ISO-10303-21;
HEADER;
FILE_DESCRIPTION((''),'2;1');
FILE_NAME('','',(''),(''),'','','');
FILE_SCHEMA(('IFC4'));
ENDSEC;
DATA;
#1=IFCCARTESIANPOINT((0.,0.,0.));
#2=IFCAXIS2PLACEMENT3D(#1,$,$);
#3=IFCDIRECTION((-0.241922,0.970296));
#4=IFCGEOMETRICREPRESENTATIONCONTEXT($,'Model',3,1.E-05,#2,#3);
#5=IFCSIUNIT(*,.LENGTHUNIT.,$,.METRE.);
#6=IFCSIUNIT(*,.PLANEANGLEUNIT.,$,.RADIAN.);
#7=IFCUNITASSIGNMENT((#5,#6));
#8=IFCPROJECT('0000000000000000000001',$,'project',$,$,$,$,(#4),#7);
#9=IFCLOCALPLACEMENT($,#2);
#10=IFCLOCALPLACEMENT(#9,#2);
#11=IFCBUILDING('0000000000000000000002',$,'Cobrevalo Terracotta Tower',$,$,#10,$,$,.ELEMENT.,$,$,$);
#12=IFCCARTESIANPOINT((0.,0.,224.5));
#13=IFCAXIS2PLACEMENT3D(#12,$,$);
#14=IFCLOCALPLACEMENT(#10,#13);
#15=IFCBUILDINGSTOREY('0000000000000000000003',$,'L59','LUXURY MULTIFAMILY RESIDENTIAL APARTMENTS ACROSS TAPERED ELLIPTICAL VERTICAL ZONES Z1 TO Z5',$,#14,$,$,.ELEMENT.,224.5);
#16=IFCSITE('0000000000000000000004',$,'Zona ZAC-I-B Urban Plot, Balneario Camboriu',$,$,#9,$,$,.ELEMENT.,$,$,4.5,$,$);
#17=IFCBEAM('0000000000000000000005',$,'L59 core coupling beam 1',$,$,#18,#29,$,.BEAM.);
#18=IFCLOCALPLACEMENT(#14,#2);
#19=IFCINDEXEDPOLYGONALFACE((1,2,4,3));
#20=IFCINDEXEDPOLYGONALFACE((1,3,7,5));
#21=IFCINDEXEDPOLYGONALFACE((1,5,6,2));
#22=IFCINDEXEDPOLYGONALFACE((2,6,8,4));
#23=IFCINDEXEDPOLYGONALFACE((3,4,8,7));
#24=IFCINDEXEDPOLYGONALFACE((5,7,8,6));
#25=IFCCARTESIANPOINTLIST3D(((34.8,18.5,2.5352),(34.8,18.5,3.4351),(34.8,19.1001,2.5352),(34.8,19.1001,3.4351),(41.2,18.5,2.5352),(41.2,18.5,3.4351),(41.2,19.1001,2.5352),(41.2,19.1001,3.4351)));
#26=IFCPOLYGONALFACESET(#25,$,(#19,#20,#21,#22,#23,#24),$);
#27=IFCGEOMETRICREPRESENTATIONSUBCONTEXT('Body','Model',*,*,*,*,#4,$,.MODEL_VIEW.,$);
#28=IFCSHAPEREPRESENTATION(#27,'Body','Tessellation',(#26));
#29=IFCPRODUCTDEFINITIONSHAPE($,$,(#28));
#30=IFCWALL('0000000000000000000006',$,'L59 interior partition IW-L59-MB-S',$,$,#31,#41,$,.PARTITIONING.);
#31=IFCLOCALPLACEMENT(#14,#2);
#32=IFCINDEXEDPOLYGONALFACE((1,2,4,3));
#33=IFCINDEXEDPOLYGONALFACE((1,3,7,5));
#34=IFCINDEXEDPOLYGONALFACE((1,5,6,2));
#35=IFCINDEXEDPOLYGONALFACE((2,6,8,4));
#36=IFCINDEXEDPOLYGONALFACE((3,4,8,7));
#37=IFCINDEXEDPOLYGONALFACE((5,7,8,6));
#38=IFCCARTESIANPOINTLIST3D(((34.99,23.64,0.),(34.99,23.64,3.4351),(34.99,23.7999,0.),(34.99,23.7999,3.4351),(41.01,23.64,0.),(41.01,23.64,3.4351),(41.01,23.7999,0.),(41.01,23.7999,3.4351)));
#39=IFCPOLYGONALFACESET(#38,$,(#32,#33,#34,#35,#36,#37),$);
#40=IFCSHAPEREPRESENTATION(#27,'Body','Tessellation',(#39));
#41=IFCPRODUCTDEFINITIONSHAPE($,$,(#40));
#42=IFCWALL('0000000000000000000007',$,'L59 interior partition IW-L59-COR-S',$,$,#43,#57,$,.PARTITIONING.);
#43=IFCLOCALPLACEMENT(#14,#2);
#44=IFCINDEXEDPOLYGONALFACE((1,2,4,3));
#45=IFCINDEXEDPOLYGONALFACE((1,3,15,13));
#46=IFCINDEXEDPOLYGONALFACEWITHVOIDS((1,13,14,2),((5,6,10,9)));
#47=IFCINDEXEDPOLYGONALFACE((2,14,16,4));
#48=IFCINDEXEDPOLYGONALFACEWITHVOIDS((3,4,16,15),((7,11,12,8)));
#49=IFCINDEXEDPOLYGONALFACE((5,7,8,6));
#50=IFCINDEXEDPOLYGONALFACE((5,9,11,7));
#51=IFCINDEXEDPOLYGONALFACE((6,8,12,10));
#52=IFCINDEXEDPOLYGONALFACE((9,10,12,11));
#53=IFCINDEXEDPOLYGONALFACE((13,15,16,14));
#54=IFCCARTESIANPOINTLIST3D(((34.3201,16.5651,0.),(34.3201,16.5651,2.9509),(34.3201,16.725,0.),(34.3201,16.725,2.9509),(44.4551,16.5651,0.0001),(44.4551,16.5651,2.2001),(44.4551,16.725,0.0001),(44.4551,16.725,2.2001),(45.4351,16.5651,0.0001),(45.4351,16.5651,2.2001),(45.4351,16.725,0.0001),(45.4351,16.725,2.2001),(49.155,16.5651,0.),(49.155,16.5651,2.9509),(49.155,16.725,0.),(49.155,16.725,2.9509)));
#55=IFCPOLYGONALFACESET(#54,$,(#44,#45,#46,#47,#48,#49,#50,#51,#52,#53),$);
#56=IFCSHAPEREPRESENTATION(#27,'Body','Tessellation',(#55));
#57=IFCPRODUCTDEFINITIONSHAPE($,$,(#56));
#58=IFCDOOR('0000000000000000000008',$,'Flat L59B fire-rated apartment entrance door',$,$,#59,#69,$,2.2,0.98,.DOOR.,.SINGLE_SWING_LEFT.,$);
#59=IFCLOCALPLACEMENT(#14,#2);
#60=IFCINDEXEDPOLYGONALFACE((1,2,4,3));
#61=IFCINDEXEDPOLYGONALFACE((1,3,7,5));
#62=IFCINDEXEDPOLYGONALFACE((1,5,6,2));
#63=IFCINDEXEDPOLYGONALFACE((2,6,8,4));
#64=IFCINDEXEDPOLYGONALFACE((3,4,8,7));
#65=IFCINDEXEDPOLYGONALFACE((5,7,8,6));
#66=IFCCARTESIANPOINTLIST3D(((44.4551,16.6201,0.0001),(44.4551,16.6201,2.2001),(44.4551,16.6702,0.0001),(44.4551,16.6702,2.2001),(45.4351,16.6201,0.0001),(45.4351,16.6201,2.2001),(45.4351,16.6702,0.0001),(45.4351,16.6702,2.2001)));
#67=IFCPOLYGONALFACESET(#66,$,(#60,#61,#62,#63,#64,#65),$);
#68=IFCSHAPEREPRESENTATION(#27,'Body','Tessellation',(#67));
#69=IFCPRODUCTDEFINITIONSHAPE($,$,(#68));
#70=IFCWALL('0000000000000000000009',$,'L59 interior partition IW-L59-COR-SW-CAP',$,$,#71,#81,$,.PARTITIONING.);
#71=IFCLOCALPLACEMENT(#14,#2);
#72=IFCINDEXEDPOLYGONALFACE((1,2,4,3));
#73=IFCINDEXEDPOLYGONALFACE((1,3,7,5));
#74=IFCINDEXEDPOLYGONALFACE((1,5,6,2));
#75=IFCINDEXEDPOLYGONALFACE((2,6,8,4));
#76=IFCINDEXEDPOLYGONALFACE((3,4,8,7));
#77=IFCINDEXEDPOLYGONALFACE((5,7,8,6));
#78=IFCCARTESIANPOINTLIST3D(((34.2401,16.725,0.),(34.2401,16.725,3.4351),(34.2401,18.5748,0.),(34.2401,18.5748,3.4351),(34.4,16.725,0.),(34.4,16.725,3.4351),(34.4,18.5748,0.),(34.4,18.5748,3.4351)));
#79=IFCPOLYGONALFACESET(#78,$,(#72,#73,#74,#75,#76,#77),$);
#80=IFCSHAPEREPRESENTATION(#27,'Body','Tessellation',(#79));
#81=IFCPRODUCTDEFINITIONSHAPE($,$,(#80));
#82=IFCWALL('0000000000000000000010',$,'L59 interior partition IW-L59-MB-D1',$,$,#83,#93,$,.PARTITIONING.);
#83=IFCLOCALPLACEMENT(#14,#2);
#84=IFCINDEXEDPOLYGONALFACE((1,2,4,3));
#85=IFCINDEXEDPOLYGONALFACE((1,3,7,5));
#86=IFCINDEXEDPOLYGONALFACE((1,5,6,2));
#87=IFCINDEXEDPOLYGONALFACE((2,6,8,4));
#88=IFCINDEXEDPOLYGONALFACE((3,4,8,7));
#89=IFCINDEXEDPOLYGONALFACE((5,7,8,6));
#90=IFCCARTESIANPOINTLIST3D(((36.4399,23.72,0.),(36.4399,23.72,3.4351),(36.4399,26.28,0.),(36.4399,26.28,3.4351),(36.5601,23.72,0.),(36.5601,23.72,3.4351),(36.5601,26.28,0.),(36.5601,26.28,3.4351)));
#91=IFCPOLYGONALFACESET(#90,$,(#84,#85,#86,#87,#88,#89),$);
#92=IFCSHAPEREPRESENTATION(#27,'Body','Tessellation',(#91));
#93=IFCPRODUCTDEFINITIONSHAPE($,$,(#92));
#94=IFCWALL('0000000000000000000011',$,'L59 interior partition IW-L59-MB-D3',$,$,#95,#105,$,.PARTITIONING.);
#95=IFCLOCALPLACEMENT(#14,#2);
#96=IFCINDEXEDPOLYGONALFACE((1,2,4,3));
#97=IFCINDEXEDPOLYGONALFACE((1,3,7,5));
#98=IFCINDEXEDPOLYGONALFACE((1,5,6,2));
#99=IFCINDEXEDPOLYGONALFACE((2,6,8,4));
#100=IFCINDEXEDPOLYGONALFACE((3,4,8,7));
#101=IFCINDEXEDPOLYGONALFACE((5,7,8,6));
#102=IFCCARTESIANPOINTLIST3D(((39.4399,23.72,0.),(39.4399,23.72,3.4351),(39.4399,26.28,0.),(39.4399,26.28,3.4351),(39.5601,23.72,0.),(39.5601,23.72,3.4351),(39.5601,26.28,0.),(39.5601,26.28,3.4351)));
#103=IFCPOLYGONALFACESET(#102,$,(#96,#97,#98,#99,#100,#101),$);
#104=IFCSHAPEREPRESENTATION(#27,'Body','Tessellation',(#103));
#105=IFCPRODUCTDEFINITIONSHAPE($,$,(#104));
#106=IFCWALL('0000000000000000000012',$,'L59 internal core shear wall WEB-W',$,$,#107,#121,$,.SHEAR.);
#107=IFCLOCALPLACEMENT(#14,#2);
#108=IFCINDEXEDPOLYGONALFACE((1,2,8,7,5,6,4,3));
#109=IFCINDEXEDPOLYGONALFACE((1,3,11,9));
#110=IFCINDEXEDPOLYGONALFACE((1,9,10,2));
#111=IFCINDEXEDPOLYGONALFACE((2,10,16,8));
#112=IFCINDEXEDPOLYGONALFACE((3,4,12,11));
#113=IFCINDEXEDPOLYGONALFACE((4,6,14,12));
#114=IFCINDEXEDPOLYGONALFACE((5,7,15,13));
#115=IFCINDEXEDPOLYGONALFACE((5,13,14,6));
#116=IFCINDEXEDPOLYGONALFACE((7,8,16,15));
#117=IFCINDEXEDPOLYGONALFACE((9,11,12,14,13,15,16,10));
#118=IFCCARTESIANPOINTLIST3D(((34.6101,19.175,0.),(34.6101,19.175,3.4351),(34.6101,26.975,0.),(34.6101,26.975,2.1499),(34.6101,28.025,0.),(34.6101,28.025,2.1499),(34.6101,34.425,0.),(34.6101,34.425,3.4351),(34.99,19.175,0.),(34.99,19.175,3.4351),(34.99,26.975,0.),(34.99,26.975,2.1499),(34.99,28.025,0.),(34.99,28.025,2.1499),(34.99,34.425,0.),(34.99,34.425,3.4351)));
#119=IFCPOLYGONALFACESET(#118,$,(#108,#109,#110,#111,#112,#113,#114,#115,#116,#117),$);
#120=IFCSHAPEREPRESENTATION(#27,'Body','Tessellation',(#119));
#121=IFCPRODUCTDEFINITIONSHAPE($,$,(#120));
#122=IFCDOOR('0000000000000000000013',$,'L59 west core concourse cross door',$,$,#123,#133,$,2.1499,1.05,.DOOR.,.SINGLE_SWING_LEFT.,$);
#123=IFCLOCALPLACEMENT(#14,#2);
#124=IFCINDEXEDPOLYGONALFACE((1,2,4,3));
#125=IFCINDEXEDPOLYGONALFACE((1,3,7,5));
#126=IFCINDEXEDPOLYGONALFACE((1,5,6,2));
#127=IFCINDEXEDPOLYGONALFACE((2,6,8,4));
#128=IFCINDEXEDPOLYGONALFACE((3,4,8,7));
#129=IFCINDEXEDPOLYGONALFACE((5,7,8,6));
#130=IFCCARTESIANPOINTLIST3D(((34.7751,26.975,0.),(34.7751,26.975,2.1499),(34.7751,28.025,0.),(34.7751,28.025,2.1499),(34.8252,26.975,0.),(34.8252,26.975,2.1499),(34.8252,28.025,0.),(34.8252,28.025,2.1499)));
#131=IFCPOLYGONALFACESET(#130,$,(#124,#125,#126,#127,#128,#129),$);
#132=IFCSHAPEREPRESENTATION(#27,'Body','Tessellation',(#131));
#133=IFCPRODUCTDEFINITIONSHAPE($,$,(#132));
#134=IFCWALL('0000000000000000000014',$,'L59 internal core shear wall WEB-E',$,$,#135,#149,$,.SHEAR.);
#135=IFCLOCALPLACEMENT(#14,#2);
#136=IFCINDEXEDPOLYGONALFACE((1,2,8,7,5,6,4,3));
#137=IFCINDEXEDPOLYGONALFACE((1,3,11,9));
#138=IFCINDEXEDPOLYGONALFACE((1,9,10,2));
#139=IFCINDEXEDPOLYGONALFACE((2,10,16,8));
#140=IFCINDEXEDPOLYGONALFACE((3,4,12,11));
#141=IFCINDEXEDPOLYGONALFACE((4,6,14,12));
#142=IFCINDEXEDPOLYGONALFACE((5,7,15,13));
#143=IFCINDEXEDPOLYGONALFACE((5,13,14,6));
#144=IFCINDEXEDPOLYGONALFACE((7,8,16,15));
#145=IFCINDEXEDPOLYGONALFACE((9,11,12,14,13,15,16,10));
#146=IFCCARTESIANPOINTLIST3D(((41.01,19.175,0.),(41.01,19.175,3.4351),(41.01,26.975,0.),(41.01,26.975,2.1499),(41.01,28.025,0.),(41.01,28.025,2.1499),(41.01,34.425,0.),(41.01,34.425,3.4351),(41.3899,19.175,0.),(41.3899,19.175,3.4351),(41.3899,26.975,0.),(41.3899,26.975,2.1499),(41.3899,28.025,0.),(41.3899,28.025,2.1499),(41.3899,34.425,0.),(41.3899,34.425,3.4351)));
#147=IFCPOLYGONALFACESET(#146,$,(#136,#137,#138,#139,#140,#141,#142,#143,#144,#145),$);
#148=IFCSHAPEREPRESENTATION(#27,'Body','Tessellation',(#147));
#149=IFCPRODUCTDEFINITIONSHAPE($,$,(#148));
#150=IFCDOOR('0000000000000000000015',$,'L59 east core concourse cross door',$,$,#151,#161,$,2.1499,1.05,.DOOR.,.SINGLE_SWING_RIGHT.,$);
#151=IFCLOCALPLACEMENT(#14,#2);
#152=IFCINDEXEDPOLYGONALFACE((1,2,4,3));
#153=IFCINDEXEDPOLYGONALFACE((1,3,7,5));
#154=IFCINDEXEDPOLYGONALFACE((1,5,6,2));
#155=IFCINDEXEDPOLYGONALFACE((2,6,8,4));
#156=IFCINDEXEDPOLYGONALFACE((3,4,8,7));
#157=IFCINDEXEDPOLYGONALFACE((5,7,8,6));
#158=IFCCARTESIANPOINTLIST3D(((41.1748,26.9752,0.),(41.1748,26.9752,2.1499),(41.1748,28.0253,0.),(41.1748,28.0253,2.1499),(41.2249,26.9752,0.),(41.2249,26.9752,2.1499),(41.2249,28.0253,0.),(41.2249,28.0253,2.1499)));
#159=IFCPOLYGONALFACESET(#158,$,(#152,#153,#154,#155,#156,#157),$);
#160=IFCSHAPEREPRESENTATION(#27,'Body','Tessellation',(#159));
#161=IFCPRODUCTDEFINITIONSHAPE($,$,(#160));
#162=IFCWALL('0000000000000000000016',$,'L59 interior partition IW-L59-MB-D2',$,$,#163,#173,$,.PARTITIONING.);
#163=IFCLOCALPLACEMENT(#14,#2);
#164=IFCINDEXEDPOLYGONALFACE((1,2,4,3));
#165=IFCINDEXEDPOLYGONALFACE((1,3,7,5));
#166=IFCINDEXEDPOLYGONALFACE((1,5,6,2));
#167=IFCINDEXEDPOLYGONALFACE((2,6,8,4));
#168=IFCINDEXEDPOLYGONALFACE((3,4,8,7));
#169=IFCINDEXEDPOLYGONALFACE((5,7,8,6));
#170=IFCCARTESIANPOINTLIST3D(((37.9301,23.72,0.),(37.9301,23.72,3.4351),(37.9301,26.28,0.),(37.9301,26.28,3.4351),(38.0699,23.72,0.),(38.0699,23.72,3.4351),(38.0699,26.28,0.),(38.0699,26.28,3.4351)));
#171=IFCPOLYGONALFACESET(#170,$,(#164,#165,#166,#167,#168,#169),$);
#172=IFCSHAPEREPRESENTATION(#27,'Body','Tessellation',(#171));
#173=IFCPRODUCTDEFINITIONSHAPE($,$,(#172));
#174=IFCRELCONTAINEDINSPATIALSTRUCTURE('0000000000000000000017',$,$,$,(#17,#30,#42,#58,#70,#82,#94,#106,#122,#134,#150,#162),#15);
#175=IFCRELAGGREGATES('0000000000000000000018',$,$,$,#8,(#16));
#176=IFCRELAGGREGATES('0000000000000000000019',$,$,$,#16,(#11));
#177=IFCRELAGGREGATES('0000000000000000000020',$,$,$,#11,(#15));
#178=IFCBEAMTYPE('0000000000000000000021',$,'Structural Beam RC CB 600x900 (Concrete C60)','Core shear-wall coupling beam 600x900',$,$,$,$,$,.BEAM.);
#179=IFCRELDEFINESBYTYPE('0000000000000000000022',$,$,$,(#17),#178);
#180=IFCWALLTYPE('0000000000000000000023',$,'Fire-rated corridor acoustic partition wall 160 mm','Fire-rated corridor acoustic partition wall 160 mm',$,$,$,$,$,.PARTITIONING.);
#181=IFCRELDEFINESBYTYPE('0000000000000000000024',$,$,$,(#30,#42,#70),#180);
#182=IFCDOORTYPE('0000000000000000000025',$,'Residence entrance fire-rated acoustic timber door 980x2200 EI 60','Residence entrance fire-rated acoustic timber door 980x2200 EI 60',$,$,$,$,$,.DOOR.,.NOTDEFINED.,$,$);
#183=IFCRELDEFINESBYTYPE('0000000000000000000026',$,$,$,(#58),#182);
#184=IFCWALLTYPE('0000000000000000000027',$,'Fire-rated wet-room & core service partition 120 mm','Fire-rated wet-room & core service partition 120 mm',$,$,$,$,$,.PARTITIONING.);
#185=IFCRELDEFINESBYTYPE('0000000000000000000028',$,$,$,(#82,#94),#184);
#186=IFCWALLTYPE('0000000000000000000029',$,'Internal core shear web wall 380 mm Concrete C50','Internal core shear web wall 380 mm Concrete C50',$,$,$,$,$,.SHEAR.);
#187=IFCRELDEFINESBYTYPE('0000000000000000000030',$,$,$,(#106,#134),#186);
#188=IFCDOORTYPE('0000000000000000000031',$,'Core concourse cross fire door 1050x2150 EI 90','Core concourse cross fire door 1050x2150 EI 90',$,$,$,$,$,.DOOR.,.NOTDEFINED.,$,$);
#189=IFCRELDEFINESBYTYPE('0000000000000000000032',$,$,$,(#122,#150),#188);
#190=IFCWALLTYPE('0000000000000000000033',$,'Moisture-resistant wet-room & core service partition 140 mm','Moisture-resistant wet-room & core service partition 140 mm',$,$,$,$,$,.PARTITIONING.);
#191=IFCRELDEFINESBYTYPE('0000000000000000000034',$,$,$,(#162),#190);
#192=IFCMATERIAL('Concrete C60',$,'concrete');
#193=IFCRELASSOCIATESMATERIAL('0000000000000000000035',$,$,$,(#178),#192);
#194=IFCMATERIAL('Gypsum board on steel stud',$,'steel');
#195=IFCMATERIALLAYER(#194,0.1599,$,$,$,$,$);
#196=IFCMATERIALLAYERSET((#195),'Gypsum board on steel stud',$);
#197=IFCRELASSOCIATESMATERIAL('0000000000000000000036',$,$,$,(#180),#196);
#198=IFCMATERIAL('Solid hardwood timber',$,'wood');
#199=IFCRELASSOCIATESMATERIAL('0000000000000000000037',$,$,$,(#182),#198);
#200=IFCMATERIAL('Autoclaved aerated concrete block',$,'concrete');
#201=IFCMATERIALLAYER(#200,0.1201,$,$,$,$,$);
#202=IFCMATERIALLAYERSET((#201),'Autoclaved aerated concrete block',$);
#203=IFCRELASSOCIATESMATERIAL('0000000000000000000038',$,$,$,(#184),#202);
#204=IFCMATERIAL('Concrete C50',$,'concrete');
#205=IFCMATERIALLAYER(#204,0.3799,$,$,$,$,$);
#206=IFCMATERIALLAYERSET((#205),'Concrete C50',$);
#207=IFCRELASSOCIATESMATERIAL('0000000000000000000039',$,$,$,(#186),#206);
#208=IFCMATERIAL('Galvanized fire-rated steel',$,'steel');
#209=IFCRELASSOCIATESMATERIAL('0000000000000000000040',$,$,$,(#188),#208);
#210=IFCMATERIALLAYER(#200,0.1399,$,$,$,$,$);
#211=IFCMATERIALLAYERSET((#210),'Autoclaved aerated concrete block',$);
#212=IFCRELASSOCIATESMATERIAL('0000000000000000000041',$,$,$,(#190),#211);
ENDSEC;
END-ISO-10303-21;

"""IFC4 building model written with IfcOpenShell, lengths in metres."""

from ifc_helpers import new_model, si_unit, direction, frame, frame_2d, origin, origin_2d, place, context, subcontext, project, spatial, rectangle, extrude, source, transform, mapped, material, layer, layer_set, material_profile, profile_set, type_object, element, fill, save


model = new_model("IFC4")

# Units and contexts
model_context = context("Model", 3, precision=1e-05, world=origin(), true_north=direction((-0.241922, 0.970296)))
body_context = subcontext(model_context, "Body", "Model", "MODEL_VIEW")
ifc_project = project(units=[si_unit("LENGTHUNIT", "METRE"), si_unit("PLANEANGLEUNIT", "RADIAN")], contexts=[model_context])

# Site, building, storey
site_placement = place(None, origin())
site = spatial("IfcSite", under=ifc_project, at=site_placement, Name="Zona ZAC-I-B Urban Plot, Balneario Camboriu", CompositionType="ELEMENT", RefElevation=4.5)
building_placement = place(site_placement, origin())
building = spatial("IfcBuilding", under=site, at=building_placement, Name="Cobrevalo Terracotta Tower", CompositionType="ELEMENT")
storey_placement = place(building_placement, frame((0.0, 0.0, 224.5)))
storey = spatial("IfcBuildingStorey", under=building, at=storey_placement, Name="L59", Description="LUXURY MULTIFAMILY RESIDENTIAL APARTMENTS ACROSS TAPERED ELLIPTICAL VERTICAL ZONES Z1 TO Z5", CompositionType="ELEMENT", Elevation=224.5)

# Beam
ifc_material_1 = material(Name="Concrete C60", Category="concrete")
ifc_material_profile = material_profile(ifc_material_1, rectangle(XDim=0.6001, YDim=0.8999, at=origin_2d()), Name="RC CB 600x900")
ifc_profile_set = profile_set([ifc_material_profile], Name="Concrete C60")
beam_type = type_object("IfcBeamType", Name="Structural Beam RC CB 600x900 (Concrete C60)", Description="Core shear-wall coupling beam 600x900", PredefinedType="BEAM", material=ifc_profile_set)
beam_placement = place(storey_placement, frame((34.8, 18.8, 2.9851), z_axis=(1.0, 0.0, 0.0), x_axis=(0.0, 1.0, 0.0)))
element("IfcBeam", 1, at=beam_placement, inside=storey, type_object=beam_type, Name="L59 core coupling beam 1", PredefinedType="BEAM", context=body_context, shape_type="SweptSolid", body=[
    extrude(rectangle(XDim=0.6001, YDim=0.8999, at=origin_2d()), origin(), (0.0, 0.0, 1.0), 6.3999),
])

# Wall
ifc_material_2 = material(Name="Gypsum board on steel stud", Category="steel")
ifc_layer_1 = layer(ifc_material_2, 0.1599)
ifc_layer_set_1 = layer_set([ifc_layer_1], Name="Gypsum board on steel stud")
wall_type_1 = type_object("IfcWallType", Name="Fire-rated corridor acoustic partition wall 160 mm", Description="Fire-rated corridor acoustic partition wall 160 mm", PredefinedType="PARTITIONING", material=ifc_layer_set_1)
wall_1_placement = place(storey_placement, frame((34.99, 23.72, 0.0), z_axis=(0.0, 0.0, 1.0), x_axis=(1.0, 0.0, 0.0)))
element("IfcWall", 2, at=wall_1_placement, inside=storey, type_object=wall_type_1, Name="L59 interior partition IW-L59-MB-S", PredefinedType="PARTITIONING", context=body_context, shape_type="SweptSolid", body=[
    extrude(rectangle(XDim=6.02, YDim=0.1599, at=frame_2d((3.01, 0.0))), origin(), (0.0, 0.0, 1.0), 3.4351),
])

# Wall, opening, door
wall_2_placement = place(storey_placement, frame((34.3201, 16.645, 0.0), z_axis=(0.0, 0.0, 1.0), x_axis=(1.0, 0.0, 0.0)))
wall_2 = element("IfcWall", 3, at=wall_2_placement, inside=storey, type_object=wall_type_1, Name="L59 interior partition IW-L59-COR-S", PredefinedType="PARTITIONING", context=body_context, shape_type="SweptSolid", body=[
    extrude(rectangle(XDim=14.835, YDim=0.1599, at=frame_2d((7.4175, 0.0))), origin(), (0.0, 0.0, 1.0), 2.9509),
])
opening_1_placement = place(wall_2_placement, frame((10.135, 0.0, 0.0)))
opening_1 = element("IfcOpeningElement", 4, at=opening_1_placement, cuts=wall_2, PredefinedType="OPENING", context=body_context, shape_type="SweptSolid", body=[
    extrude(rectangle(XDim=0.98, YDim=2.2, at=frame_2d((0.49, 1.1001))), frame((0.0, 0.0898, 0.0), z_axis=(0.0, -1.0, 0.0), x_axis=(1.0, 0.0, 0.0)), (0.0, 0.0, 1.0), 0.1799),
])
ifc_material_3 = material(Name="Solid hardwood timber", Category="wood")
door_type_1 = type_object("IfcDoorType", Name="Residence entrance fire-rated acoustic timber door 980x2200 EI 60", Description="Residence entrance fire-rated acoustic timber door 980x2200 EI 60", OperationType="NOTDEFINED", PredefinedType="DOOR", material=ifc_material_3)
shared_shape_1 = source(origin(), body_context, "Body", "SweptSolid", [
    extrude(rectangle(XDim=0.98, YDim=2.2, at=frame_2d((0.49, 1.1001))), frame((0.0, 0.0249, 0.0), z_axis=(0.0, -1.0, 0.0), x_axis=(1.0, 0.0, 0.0)), (0.0, 0.0, 1.0), 0.05),
])
door_1_placement = place(opening_1_placement, frame((0.98, 0.0, 0.0), z_axis=(0.0, 0.0, 1.0), x_axis=(-1.0, 0.0, 0.0)))
door_1 = element("IfcDoor", 5, at=door_1_placement, inside=storey, type_object=door_type_1, Name="Flat L59B fire-rated apartment entrance door", OperationType="SINGLE_SWING_LEFT", OverallHeight=2.2, OverallWidth=0.98, PredefinedType="DOOR", context=body_context, shape_type="MappedRepresentation", body=[
    mapped(shared_shape_1, transform((0.0, 0.0, 0.0), scale=1.0)),
])
fill(opening_1, door_1)

# Walls
wall_3_placement = place(storey_placement, frame((34.3201, 16.7251, 0.0), z_axis=(0.0, 0.0, 1.0), x_axis=(0.0, 1.0, 0.0)))
element("IfcWall", 6, at=wall_3_placement, inside=storey, type_object=wall_type_1, Name="L59 interior partition IW-L59-COR-SW-CAP", PredefinedType="PARTITIONING", context=body_context, shape_type="SweptSolid", body=[
    extrude(rectangle(XDim=1.8499, YDim=0.1599, at=frame_2d((0.9248, 0.0))), origin(), (0.0, 0.0, 1.0), 3.4351),
])
ifc_material_4 = material(Name="Autoclaved aerated concrete block", Category="concrete")
ifc_layer_2 = layer(ifc_material_4, 0.1201)
ifc_layer_set_2 = layer_set([ifc_layer_2], Name="Autoclaved aerated concrete block")
wall_type_2 = type_object("IfcWallType", Name="Fire-rated wet-room & core service partition 120 mm", Description="Fire-rated wet-room & core service partition 120 mm", PredefinedType="PARTITIONING", material=ifc_layer_set_2)
for number, where, z_axis, x_axis, name in (
    (7, (36.5, 23.72, 0.0), (0.0, 0.0, 1.0), (0.0, 1.0, 0.0), "L59 interior partition IW-L59-MB-D1"),
    (8, (39.5, 23.72, 0.0), (0.0, 0.0, 1.0), (0.0, 1.0, 0.0), "L59 interior partition IW-L59-MB-D3"),
):
    element("IfcWall", number, at=place(storey_placement, frame(where, z_axis=z_axis, x_axis=x_axis)), inside=storey, type_object=wall_type_2, Name=name, PredefinedType="PARTITIONING", context=body_context, shape_type="SweptSolid", body=[
        extrude(rectangle(XDim=2.5601, YDim=0.1201, at=frame_2d((1.28, 0.0))), origin(), (0.0, 0.0, 1.0), 3.4351),
    ])

# Walls, openings, doors
ifc_material_5 = material(Name="Concrete C50", Category="concrete")
ifc_layer_3 = layer(ifc_material_5, 0.3799)
ifc_layer_set_3 = layer_set([ifc_layer_3], Name="Concrete C50")
wall_type_3 = type_object("IfcWallType", Name="Internal core shear web wall 380 mm Concrete C50", Description="Internal core shear web wall 380 mm Concrete C50", PredefinedType="SHEAR", material=ifc_layer_set_3)
wall_4_placement = place(storey_placement, frame((34.8, 19.175, 0.0), z_axis=(0.0, 0.0, 1.0), x_axis=(0.0, 1.0, 0.0)))
wall_4 = element("IfcWall", 9, at=wall_4_placement, inside=storey, type_object=wall_type_3, Name="L59 internal core shear wall WEB-W", PredefinedType="SHEAR", context=body_context, shape_type="SweptSolid", body=[
    extrude(rectangle(XDim=15.25, YDim=0.3799, at=frame_2d((7.625, 0.0))), origin(), (0.0, 0.0, 1.0), 3.4351),
])
opening_2_placement = place(wall_4_placement, frame((7.8, 0.0, 0.0)))
opening_2 = element("IfcOpeningElement", 10, at=opening_2_placement, cuts=wall_4, PredefinedType="OPENING", context=body_context, shape_type="SweptSolid", body=[
    extrude(rectangle(XDim=1.05, YDim=2.1499, at=frame_2d((0.5249, 1.075))), frame((0.0, 0.2, 0.0), z_axis=(0.0, -1.0, 0.0), x_axis=(1.0, 0.0, 0.0)), (0.0, 0.0, 1.0), 0.3999),
])
ifc_material_6 = material(Name="Galvanized fire-rated steel", Category="steel")
door_type_2 = type_object("IfcDoorType", Name="Core concourse cross fire door 1050x2150 EI 90", Description="Core concourse cross fire door 1050x2150 EI 90", OperationType="NOTDEFINED", PredefinedType="DOOR", material=ifc_material_6)
shared_shape_2 = source(origin(), body_context, "Body", "SweptSolid", [
    extrude(rectangle(XDim=1.05, YDim=2.1499, at=frame_2d((0.5249, 1.075))), frame((0.0, 0.0249, 0.0), z_axis=(0.0, -1.0, 0.0), x_axis=(1.0, 0.0, 0.0)), (0.0, 0.0, 1.0), 0.05),
])
door_2_placement = place(opening_2_placement, origin())
door_2 = element("IfcDoor", 11, at=door_2_placement, inside=storey, type_object=door_type_2, Name="L59 west core concourse cross door", OperationType="SINGLE_SWING_LEFT", OverallHeight=2.1499, OverallWidth=1.05, PredefinedType="DOOR", context=body_context, shape_type="MappedRepresentation", body=[
    mapped(shared_shape_2, transform((0.0, 0.0, 0.0), scale=1.0)),
])
fill(opening_2, door_2)
wall_5_placement = place(storey_placement, frame((41.2, 19.175, 0.0), z_axis=(0.0, 0.0, 1.0), x_axis=(0.0, 1.0, 0.0)))
wall_5 = element("IfcWall", 12, at=wall_5_placement, inside=storey, type_object=wall_type_3, Name="L59 internal core shear wall WEB-E", PredefinedType="SHEAR", context=body_context, shape_type="SweptSolid", body=[
    extrude(rectangle(XDim=15.25, YDim=0.3799, at=frame_2d((7.625, 0.0))), origin(), (0.0, 0.0, 1.0), 3.4351),
])
opening_3_placement = place(wall_5_placement, frame((7.8, 0.0, 0.0)))
opening_3 = element("IfcOpeningElement", 13, at=opening_3_placement, cuts=wall_5, PredefinedType="OPENING", context=body_context, shape_type="SweptSolid", body=[
    extrude(rectangle(XDim=1.05, YDim=2.1499, at=frame_2d((0.5249, 1.075))), frame((0.0, 0.2, 0.0), z_axis=(0.0, -1.0, 0.0), x_axis=(1.0, 0.0, 0.0)), (0.0, 0.0, 1.0), 0.3999),
])
door_3_placement = place(opening_3_placement, frame((1.05, 0.0, 0.0), z_axis=(0.0, 0.0, 1.0), x_axis=(-1.0, 0.0, 0.0)))
door_3 = element("IfcDoor", 14, at=door_3_placement, inside=storey, type_object=door_type_2, Name="L59 east core concourse cross door", OperationType="SINGLE_SWING_RIGHT", OverallHeight=2.1499, OverallWidth=1.05, PredefinedType="DOOR", context=body_context, shape_type="MappedRepresentation", body=[
    mapped(shared_shape_2, transform((0.0, 0.0, 0.0), scale=1.0)),
])
fill(opening_3, door_3)

# Wall
ifc_layer_4 = layer(ifc_material_4, 0.1399)
ifc_layer_set_4 = layer_set([ifc_layer_4], Name="Autoclaved aerated concrete block")
wall_type_4 = type_object("IfcWallType", Name="Moisture-resistant wet-room & core service partition 140 mm", Description="Moisture-resistant wet-room & core service partition 140 mm", PredefinedType="PARTITIONING", material=ifc_layer_set_4)
wall_6_placement = place(storey_placement, frame((38.0, 23.72, 0.0), z_axis=(0.0, 0.0, 1.0), x_axis=(0.0, 1.0, 0.0)))
element("IfcWall", 15, at=wall_6_placement, inside=storey, type_object=wall_type_4, Name="L59 interior partition IW-L59-MB-D2", PredefinedType="PARTITIONING", context=body_context, shape_type="SweptSolid", body=[
    extrude(rectangle(XDim=2.5601, YDim=0.1399, at=frame_2d((1.28, 0.0))), origin(), (0.0, 0.0, 1.0), 3.4351),
])

save(model, "model.ifc")
